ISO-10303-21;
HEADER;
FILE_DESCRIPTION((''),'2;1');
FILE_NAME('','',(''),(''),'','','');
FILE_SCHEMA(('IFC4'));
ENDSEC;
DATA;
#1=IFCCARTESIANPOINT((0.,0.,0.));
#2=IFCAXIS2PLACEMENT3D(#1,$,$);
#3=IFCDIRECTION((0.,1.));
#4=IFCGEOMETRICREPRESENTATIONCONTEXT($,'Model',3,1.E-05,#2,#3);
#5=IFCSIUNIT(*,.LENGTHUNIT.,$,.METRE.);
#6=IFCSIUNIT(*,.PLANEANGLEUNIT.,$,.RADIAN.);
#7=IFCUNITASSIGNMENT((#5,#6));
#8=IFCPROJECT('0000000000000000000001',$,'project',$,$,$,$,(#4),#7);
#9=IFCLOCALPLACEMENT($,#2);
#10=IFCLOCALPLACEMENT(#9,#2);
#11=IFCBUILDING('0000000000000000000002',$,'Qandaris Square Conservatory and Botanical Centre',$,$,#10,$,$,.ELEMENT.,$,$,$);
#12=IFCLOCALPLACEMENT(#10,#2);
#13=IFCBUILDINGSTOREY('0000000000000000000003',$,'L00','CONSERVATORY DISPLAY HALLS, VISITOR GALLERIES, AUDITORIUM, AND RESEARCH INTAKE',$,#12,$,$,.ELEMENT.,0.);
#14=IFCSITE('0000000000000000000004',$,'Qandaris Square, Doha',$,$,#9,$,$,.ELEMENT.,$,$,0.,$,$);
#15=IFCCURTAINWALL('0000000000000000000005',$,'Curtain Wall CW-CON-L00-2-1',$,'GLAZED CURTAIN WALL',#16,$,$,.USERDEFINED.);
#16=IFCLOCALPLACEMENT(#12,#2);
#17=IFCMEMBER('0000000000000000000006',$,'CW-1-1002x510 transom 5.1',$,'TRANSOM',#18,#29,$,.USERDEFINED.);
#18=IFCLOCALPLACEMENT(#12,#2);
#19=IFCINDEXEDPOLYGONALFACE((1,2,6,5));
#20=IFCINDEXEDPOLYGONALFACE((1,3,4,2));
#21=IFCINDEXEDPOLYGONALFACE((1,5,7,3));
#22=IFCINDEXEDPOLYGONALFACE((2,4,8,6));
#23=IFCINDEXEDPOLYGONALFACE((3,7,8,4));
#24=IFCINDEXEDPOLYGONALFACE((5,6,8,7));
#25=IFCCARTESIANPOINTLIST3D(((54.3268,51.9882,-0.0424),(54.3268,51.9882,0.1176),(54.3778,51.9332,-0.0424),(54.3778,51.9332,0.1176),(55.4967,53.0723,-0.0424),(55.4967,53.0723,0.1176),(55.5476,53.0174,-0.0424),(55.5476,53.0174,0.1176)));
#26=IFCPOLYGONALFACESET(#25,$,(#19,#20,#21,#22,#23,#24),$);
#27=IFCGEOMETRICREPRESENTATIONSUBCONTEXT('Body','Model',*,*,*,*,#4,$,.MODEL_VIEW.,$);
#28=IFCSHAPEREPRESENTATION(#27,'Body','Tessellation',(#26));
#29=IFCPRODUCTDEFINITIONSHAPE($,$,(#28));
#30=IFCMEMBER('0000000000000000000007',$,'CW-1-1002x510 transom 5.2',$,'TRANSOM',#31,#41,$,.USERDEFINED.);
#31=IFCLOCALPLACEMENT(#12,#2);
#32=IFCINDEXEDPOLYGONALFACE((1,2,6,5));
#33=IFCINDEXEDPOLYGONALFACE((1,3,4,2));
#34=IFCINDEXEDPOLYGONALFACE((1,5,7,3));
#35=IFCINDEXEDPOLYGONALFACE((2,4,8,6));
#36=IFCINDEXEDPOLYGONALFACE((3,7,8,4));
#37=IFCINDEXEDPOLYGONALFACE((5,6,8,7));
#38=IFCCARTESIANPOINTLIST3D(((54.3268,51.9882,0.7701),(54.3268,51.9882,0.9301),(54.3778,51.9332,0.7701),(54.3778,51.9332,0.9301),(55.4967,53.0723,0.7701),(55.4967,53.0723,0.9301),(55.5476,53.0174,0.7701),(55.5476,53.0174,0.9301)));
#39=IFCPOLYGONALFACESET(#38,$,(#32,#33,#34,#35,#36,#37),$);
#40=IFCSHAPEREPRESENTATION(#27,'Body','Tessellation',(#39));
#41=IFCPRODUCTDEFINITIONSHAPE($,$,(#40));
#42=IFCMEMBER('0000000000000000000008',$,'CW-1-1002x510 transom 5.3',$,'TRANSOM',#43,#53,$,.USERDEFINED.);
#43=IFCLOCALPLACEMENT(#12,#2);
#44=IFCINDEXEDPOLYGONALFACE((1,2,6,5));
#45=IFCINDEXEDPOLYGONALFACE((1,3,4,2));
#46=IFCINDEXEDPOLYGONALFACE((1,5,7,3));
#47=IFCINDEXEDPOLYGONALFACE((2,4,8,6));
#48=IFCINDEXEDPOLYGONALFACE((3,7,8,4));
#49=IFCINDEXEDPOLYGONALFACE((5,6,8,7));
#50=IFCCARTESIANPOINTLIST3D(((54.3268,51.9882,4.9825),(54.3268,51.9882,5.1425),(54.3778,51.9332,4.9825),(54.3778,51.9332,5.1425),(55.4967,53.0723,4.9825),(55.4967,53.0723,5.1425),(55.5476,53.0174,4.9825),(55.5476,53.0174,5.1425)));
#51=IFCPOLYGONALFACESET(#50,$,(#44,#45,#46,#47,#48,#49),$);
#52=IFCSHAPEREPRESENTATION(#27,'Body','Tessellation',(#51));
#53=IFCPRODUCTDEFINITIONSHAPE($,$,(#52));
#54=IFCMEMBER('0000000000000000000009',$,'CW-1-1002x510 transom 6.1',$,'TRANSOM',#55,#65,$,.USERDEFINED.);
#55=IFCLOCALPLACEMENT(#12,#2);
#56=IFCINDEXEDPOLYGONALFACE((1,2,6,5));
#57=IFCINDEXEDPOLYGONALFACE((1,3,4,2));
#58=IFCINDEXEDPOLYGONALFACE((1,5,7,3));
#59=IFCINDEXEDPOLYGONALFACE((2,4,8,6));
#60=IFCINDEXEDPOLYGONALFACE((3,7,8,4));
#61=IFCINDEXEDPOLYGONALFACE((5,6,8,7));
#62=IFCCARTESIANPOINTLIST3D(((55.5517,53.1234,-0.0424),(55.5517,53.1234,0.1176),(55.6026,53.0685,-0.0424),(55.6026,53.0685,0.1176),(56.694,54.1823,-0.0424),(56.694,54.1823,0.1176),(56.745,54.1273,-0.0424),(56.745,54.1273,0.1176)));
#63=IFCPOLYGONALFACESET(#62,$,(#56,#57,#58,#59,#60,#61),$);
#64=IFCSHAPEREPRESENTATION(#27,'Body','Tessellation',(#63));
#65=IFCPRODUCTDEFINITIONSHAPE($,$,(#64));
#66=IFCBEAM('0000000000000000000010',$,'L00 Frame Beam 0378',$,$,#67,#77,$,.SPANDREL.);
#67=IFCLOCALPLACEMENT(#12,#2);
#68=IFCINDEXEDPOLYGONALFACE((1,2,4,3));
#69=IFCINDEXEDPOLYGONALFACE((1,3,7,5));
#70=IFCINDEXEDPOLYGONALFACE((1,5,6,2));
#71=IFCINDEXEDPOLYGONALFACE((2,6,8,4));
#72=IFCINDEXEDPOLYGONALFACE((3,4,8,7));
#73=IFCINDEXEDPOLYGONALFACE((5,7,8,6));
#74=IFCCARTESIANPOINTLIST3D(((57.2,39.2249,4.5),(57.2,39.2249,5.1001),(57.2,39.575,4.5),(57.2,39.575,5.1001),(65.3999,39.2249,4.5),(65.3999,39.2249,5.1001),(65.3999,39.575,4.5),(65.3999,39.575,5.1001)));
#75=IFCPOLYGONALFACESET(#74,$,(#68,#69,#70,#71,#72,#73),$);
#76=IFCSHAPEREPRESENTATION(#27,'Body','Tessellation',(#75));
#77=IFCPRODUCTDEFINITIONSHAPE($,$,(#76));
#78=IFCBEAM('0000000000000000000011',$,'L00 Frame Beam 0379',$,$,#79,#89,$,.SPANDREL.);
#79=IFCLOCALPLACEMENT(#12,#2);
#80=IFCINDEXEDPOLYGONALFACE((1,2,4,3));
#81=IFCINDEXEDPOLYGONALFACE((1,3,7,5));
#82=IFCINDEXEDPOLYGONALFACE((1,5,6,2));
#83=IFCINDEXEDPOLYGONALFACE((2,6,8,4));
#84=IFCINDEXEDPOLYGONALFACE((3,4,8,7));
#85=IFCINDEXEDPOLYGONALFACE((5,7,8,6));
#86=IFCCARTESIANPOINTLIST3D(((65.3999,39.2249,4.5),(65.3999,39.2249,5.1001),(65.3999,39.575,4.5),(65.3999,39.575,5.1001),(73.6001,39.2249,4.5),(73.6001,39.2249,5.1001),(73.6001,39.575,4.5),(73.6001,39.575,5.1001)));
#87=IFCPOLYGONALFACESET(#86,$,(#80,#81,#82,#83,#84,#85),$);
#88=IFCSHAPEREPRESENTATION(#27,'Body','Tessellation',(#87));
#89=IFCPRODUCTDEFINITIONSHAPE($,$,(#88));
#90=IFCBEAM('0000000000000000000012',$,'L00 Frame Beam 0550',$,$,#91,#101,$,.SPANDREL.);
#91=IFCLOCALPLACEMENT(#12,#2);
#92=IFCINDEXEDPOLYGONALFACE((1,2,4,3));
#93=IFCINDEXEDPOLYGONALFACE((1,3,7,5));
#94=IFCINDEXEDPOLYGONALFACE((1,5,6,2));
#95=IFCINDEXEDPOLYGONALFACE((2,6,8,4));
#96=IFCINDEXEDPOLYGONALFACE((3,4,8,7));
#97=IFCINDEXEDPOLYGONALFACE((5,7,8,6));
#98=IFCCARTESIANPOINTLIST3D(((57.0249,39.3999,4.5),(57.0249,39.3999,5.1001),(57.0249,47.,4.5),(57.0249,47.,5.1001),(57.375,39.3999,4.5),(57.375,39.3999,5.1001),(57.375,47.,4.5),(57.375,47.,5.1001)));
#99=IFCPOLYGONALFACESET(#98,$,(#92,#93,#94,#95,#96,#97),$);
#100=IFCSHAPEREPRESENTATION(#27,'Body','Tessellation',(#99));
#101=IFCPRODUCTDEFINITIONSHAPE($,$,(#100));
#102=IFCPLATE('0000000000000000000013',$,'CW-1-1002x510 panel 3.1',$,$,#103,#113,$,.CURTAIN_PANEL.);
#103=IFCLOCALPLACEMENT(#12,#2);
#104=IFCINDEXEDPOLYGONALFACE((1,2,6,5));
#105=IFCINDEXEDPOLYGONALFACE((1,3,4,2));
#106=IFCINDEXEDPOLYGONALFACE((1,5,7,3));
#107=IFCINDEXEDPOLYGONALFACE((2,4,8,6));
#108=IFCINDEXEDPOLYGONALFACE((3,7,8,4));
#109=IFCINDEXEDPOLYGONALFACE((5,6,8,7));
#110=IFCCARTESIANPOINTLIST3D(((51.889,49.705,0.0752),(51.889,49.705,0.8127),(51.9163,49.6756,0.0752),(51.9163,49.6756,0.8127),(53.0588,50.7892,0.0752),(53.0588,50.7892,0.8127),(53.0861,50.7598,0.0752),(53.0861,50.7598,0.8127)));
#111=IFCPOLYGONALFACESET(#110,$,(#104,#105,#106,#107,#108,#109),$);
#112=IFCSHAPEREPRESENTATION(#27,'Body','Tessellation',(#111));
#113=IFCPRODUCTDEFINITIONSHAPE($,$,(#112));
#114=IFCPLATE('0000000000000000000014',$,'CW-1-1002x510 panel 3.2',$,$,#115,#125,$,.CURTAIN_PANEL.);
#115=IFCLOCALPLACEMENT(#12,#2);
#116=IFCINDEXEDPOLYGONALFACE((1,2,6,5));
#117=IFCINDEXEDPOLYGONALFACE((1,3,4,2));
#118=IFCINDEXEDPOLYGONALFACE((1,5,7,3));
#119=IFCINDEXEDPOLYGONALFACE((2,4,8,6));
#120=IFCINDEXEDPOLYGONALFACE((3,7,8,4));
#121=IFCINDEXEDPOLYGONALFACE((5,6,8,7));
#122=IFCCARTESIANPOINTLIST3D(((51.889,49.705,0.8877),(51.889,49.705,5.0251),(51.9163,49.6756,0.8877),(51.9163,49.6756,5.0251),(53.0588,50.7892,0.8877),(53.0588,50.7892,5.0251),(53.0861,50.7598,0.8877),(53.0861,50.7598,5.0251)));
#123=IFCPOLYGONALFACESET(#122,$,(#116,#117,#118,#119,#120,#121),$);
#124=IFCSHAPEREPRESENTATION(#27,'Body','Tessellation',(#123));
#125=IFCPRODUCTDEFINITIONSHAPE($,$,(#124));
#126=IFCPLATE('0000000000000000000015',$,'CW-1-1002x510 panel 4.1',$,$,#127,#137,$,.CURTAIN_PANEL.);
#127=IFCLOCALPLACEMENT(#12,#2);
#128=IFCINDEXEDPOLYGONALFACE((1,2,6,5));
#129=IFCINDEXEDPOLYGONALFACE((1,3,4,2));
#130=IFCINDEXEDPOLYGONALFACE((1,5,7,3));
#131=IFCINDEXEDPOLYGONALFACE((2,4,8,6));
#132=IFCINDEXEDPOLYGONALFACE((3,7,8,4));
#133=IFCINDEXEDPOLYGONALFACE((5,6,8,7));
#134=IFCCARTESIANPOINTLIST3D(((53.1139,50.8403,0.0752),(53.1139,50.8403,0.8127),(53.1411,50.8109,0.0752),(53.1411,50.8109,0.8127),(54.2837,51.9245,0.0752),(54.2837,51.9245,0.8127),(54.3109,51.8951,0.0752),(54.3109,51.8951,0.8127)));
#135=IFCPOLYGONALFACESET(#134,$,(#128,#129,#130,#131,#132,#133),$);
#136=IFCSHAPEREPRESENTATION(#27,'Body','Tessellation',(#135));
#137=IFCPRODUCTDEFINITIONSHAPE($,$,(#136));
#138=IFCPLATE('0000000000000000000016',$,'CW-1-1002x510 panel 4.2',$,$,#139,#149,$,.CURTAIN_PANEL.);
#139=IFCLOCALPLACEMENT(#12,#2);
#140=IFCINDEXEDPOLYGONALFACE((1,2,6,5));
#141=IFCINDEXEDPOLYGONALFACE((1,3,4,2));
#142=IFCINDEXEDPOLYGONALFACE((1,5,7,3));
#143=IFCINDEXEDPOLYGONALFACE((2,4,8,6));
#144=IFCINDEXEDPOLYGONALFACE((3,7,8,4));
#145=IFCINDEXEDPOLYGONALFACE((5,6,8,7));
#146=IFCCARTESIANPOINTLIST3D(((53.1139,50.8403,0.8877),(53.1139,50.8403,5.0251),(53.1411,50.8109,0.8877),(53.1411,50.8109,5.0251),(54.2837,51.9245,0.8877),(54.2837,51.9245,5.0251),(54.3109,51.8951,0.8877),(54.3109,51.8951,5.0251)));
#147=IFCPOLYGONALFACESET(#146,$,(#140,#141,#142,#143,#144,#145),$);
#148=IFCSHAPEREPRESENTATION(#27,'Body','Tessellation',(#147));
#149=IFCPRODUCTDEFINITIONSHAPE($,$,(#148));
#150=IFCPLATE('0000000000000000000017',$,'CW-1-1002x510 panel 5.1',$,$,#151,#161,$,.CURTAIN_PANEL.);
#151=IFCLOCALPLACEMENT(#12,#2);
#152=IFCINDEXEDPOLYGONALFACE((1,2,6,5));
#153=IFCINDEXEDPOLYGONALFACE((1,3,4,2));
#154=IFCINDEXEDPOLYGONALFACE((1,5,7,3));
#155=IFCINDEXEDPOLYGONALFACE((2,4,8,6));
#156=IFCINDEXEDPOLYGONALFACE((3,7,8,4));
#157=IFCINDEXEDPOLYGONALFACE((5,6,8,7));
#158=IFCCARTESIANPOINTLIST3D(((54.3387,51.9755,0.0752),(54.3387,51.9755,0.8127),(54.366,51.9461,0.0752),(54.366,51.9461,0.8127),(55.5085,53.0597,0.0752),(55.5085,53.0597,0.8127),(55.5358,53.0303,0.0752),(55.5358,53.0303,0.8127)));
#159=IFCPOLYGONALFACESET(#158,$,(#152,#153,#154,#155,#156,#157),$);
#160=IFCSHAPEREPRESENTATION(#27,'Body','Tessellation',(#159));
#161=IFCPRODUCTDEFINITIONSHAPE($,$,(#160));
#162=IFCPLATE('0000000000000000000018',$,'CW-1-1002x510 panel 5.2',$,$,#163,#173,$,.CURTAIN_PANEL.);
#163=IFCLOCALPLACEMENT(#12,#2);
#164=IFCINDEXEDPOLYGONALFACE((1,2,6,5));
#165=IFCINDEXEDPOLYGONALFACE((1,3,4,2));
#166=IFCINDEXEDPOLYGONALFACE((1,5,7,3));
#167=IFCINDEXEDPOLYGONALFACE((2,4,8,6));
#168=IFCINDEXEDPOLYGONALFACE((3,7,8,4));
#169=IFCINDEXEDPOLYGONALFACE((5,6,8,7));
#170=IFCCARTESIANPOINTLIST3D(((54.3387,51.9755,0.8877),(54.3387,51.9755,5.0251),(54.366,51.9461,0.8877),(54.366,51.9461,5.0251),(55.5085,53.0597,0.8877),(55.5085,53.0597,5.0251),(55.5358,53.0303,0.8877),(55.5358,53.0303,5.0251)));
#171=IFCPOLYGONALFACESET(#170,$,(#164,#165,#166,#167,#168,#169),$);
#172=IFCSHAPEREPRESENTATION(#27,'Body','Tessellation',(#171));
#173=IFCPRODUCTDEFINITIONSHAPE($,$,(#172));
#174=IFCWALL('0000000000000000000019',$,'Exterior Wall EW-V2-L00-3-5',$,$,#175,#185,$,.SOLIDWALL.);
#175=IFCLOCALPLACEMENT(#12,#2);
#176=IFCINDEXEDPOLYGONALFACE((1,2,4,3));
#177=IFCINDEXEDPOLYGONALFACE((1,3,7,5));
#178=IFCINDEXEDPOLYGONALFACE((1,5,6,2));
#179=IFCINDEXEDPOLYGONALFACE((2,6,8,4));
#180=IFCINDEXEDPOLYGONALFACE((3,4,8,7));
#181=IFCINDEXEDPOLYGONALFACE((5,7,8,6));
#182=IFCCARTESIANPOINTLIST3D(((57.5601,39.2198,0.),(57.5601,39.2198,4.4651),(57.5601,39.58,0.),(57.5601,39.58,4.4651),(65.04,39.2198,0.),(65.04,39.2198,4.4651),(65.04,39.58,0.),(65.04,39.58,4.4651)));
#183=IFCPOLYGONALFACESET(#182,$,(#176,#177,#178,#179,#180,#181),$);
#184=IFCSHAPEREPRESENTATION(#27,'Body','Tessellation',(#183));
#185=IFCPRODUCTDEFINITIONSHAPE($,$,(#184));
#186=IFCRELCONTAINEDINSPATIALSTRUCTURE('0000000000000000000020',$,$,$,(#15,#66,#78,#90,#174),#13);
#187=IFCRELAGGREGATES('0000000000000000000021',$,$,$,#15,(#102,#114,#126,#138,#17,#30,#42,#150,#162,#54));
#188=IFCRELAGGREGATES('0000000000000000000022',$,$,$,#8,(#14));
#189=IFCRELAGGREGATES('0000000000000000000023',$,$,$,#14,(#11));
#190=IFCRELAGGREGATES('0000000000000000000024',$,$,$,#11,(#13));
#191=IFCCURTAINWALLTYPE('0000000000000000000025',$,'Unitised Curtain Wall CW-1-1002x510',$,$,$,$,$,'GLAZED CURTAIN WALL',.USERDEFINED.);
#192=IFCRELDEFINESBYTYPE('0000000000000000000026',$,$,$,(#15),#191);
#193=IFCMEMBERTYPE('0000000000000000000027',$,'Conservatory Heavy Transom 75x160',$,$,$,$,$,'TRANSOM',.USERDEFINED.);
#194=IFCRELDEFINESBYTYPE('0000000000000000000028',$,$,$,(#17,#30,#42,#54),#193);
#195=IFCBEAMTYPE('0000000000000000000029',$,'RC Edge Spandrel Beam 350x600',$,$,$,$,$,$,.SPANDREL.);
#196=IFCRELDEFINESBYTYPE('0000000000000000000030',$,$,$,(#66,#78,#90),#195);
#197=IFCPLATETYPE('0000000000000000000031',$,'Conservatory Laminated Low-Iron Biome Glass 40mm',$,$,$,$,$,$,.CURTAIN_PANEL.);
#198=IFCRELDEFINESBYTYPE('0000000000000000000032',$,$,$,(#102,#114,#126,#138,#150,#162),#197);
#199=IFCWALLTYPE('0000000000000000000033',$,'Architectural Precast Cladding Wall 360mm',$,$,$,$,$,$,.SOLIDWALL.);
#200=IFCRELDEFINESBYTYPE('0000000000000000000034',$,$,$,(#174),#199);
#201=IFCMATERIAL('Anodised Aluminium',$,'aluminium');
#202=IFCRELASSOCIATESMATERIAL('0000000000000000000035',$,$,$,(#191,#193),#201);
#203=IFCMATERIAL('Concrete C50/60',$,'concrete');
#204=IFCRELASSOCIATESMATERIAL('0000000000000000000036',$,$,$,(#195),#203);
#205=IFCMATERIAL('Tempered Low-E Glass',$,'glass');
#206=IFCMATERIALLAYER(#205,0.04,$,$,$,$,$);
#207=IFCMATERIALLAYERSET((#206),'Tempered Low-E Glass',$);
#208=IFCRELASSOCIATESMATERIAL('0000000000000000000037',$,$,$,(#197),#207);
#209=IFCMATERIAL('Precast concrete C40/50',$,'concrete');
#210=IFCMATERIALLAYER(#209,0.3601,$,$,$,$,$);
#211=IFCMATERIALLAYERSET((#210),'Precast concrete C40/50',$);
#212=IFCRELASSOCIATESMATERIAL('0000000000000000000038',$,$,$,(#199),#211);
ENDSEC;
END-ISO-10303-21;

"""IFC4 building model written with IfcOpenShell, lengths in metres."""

from ifc_helpers import new_model, si_unit, direction, frame, frame_2d, origin, origin_2d, place, context, subcontext, project, spatial, rectangle, extrude, material, layer, layer_set, material_profile, profile_set, type_object, element, aggregate, save


model = new_model("IFC4")

# Units and contexts
model_context = context("Model", 3, precision=1e-05, world=origin(), true_north=direction((0.0, 1.0)))
body_context = subcontext(model_context, "Body", "Model", "MODEL_VIEW")
ifc_project = project(units=[si_unit("LENGTHUNIT", "METRE"), si_unit("PLANEANGLEUNIT", "RADIAN")], contexts=[model_context])

# Site, building, storey
site_placement = place(None, origin())
site = spatial("IfcSite", under=ifc_project, at=site_placement, Name="Qandaris Square, Doha", CompositionType="ELEMENT", RefElevation=0.0)
building_placement = place(site_placement, origin())
building = spatial("IfcBuilding", under=site, at=building_placement, Name="Qandaris Square Conservatory and Botanical Centre", CompositionType="ELEMENT")
storey_placement = place(building_placement, origin())
storey = spatial("IfcBuildingStorey", under=building, at=storey_placement, Name="L00", Description="CONSERVATORY DISPLAY HALLS, VISITOR GALLERIES, AUDITORIUM, AND RESEARCH INTAKE", CompositionType="ELEMENT", Elevation=0.0)

# Curtain wall, members
ifc_material_1 = material(Name="Anodised Aluminium", Category="aluminium")
curtain_wall_type = type_object("IfcCurtainWallType", Name="Unitised Curtain Wall CW-1-1002x510", ElementType="GLAZED CURTAIN WALL", PredefinedType="USERDEFINED", material=ifc_material_1)
curtain_wall_placement = place(storey_placement, origin())
curtain_wall = element("IfcCurtainWall", 1, at=curtain_wall_placement, inside=storey, type_object=curtain_wall_type, Name="Curtain Wall CW-CON-L00-2-1", ObjectType="GLAZED CURTAIN WALL", PredefinedType="USERDEFINED")
ifc_material_profile_1 = material_profile(ifc_material_1, rectangle(XDim=0.075, YDim=0.1599, at=origin_2d()), Name="ALU-TRN 75x160")
ifc_profile_set_1 = profile_set([ifc_material_profile_1], Name="Anodised Aluminium")
member_type_1 = type_object("IfcMemberType", Name="Conservatory Heavy Transom 75x160", ElementType="TRANSOM", PredefinedType="USERDEFINED", material=ifc_profile_set_1)
member_1_placement = place(storey_placement, frame((54.3523, 51.9607, 0.0376), z_axis=(0.733458, 0.679735, 0.0), x_axis=(-0.679735, 0.733458, 0.0)))
member_1 = element("IfcMember", 2, at=member_1_placement, type_object=member_type_1, Name="CW-1-1002x510 transom 5.1", ObjectType="TRANSOM", PredefinedType="USERDEFINED", context=body_context, shape_type="SweptSolid", body=[
    extrude(rectangle(XDim=0.075, YDim=0.1599, at=origin_2d()), origin(), (0.0, 0.0, 1.0), 1.595),
])
member_2_placement = place(storey_placement, frame((54.3523, 51.9607, 0.8501), z_axis=(0.733458, 0.679735, 0.0), x_axis=(-0.679735, 0.733458, 0.0)))
member_2 = element("IfcMember", 3, at=member_2_placement, type_object=member_type_1, Name="CW-1-1002x510 transom 5.2", ObjectType="TRANSOM", PredefinedType="USERDEFINED", context=body_context, shape_type="SweptSolid", body=[
    extrude(rectangle(XDim=0.075, YDim=0.1599, at=origin_2d()), origin(), (0.0, 0.0, 1.0), 1.595),
])
member_3_placement = place(storey_placement, frame((54.3523, 51.9607, 5.0625), z_axis=(0.733458, 0.679735, 0.0), x_axis=(-0.679735, 0.733458, 0.0)))
member_3 = element("IfcMember", 4, at=member_3_placement, type_object=member_type_1, Name="CW-1-1002x510 transom 5.3", ObjectType="TRANSOM", PredefinedType="USERDEFINED", context=body_context, shape_type="SweptSolid", body=[
    extrude(rectangle(XDim=0.075, YDim=0.1599, at=origin_2d()), origin(), (0.0, 0.0, 1.0), 1.595),
])
member_4_placement = place(storey_placement, frame((55.5771, 53.0959, 0.0376), z_axis=(0.733402, 0.679796, 0.0), x_axis=(-0.679796, 0.733402, 0.0)))
member_4 = element("IfcMember", 5, at=member_4_placement, type_object=member_type_1, Name="CW-1-1002x510 transom 6.1", ObjectType="TRANSOM", PredefinedType="USERDEFINED", context=body_context, shape_type="SweptSolid", body=[
    extrude(rectangle(XDim=0.075, YDim=0.1599, at=origin_2d()), origin(), (0.0, 0.0, 1.0), 1.5576),
])

# Beams
ifc_material_2 = material(Name="Concrete C50/60", Category="concrete")
ifc_material_profile_2 = material_profile(ifc_material_2, rectangle(XDim=0.3501, YDim=0.6001, at=origin_2d()), Name="RC-SP 350x600")
ifc_profile_set_2 = profile_set([ifc_material_profile_2], Name="Concrete C50/60")
beam_type = type_object("IfcBeamType", Name="RC Edge Spandrel Beam 350x600", PredefinedType="SPANDREL", material=ifc_profile_set_2)
beam_1_placement = place(storey_placement, frame((57.2, 39.3999, 4.8), z_axis=(1.0, 0.0, 0.0), x_axis=(0.0, 1.0, 0.0)))
element("IfcBeam", 6, at=beam_1_placement, inside=storey, type_object=beam_type, Name="L00 Frame Beam 0378", PredefinedType="SPANDREL", context=body_context, shape_type="SweptSolid", body=[
    extrude(rectangle(XDim=0.3501, YDim=0.6001, at=origin_2d()), origin(), (0.0, 0.0, 1.0), 8.2),
])
beam_2_placement = place(storey_placement, frame((65.3999, 39.3999, 4.8), z_axis=(1.0, 0.0, 0.0), x_axis=(0.0, 1.0, 0.0)))
element("IfcBeam", 7, at=beam_2_placement, inside=storey, type_object=beam_type, Name="L00 Frame Beam 0379", PredefinedType="SPANDREL", context=body_context, shape_type="SweptSolid", body=[
    extrude(rectangle(XDim=0.3501, YDim=0.6001, at=origin_2d()), origin(), (0.0, 0.0, 1.0), 8.2002),
])
beam_3_placement = place(storey_placement, frame((57.2, 39.3999, 4.8), z_axis=(0.0, 1.0, 0.0), x_axis=(-1.0, 0.0, 0.0)))
element("IfcBeam", 8, at=beam_3_placement, inside=storey, type_object=beam_type, Name="L00 Frame Beam 0550", PredefinedType="SPANDREL", context=body_context, shape_type="SweptSolid", body=[
    extrude(rectangle(XDim=0.3501, YDim=0.6001, at=origin_2d()), origin(), (0.0, 0.0, 1.0), 7.6001),
])

# Plates
ifc_material_3 = material(Name="Tempered Low-E Glass", Category="glass")
ifc_layer_1 = layer(ifc_material_3, 0.04)
ifc_layer_set_1 = layer_set([ifc_layer_1], Name="Tempered Low-E Glass")
plate_type = type_object("IfcPlateType", Name="Conservatory Laminated Low-Iron Biome Glass 40mm", PredefinedType="CURTAIN_PANEL", material=ifc_layer_set_1)
plate_1_placement = place(storey_placement, frame((52.4875, 50.2324, 0.0752), z_axis=(0.0, 0.0, 1.0), x_axis=(0.733433, 0.679762, 0.0)))
plate_1 = element("IfcPlate", 9, at=plate_1_placement, type_object=plate_type, Name="CW-1-1002x510 panel 3.1", PredefinedType="CURTAIN_PANEL", context=body_context, shape_type="SweptSolid", body=[
    extrude(rectangle(XDim=1.595, YDim=0.04, at=origin_2d()), origin(), (0.0, 0.0, 1.0), 0.7375),
])
plate_2_placement = place(storey_placement, frame((52.4875, 50.2324, 0.8877), z_axis=(0.0, 0.0, 1.0), x_axis=(0.733433, 0.679762, 0.0)))
plate_2 = element("IfcPlate", 10, at=plate_2_placement, type_object=plate_type, Name="CW-1-1002x510 panel 3.2", PredefinedType="CURTAIN_PANEL", context=body_context, shape_type="SweptSolid", body=[
    extrude(rectangle(XDim=1.595, YDim=0.04, at=origin_2d()), origin(), (0.0, 0.0, 1.0), 4.1375),
])
plate_3_placement = place(storey_placement, frame((53.7124, 51.3677, 0.0752), z_axis=(0.0, 0.0, 1.0), x_axis=(0.733433, 0.679762, 0.0)))
plate_3 = element("IfcPlate", 11, at=plate_3_placement, type_object=plate_type, Name="CW-1-1002x510 panel 4.1", PredefinedType="CURTAIN_PANEL", context=body_context, shape_type="SweptSolid", body=[
    extrude(rectangle(XDim=1.595, YDim=0.04, at=origin_2d()), origin(), (0.0, 0.0, 1.0), 0.7375),
])
plate_4_placement = place(storey_placement, frame((53.7124, 51.3677, 0.8877), z_axis=(0.0, 0.0, 1.0), x_axis=(0.733433, 0.679762, 0.0)))
plate_4 = element("IfcPlate", 12, at=plate_4_placement, type_object=plate_type, Name="CW-1-1002x510 panel 4.2", PredefinedType="CURTAIN_PANEL", context=body_context, shape_type="SweptSolid", body=[
    extrude(rectangle(XDim=1.595, YDim=0.04, at=origin_2d()), origin(), (0.0, 0.0, 1.0), 4.1375),
])
plate_5_placement = place(storey_placement, frame((54.9373, 52.5029, 0.0752), z_axis=(0.0, 0.0, 1.0), x_axis=(0.733433, 0.679762, 0.0)))
plate_5 = element("IfcPlate", 13, at=plate_5_placement, type_object=plate_type, Name="CW-1-1002x510 panel 5.1", PredefinedType="CURTAIN_PANEL", context=body_context, shape_type="SweptSolid", body=[
    extrude(rectangle(XDim=1.595, YDim=0.04, at=origin_2d()), origin(), (0.0, 0.0, 1.0), 0.7375),
])
plate_6_placement = place(storey_placement, frame((54.9373, 52.5029, 0.8877), z_axis=(0.0, 0.0, 1.0), x_axis=(0.733433, 0.679762, 0.0)))
plate_6 = element("IfcPlate", 14, at=plate_6_placement, type_object=plate_type, Name="CW-1-1002x510 panel 5.2", PredefinedType="CURTAIN_PANEL", context=body_context, shape_type="SweptSolid", body=[
    extrude(rectangle(XDim=1.595, YDim=0.04, at=origin_2d()), origin(), (0.0, 0.0, 1.0), 4.1375),
])
aggregate(curtain_wall, [plate_1, plate_2, plate_3, plate_4, member_1, member_2, member_3, plate_5, plate_6, member_4])

# Wall
ifc_material_4 = material(Name="Precast concrete C40/50", Category="concrete")
ifc_layer_2 = layer(ifc_material_4, 0.3601)
ifc_layer_set_2 = layer_set([ifc_layer_2], Name="Precast concrete C40/50")
wall_type_1 = type_object("IfcWallType", Name="Architectural Precast Cladding Wall 360mm", PredefinedType="SOLIDWALL", material=ifc_layer_set_2)
wall_1_placement = place(storey_placement, frame((65.04, 39.3999, 0.0), z_axis=(0.0, 0.0, 1.0), x_axis=(-1.0, 0.0, 0.0)))
element("IfcWall", 15, at=wall_1_placement, inside=storey, type_object=wall_type_1, Name="Exterior Wall EW-V2-L00-3-5", PredefinedType="SOLIDWALL", context=body_context, shape_type="SweptSolid", body=[
    extrude(rectangle(XDim=7.48, YDim=0.3601, at=frame_2d((3.74, 0.0))), origin(), (0.0, 0.0, 1.0), 4.4651),
])

save(model, "model.ifc")
